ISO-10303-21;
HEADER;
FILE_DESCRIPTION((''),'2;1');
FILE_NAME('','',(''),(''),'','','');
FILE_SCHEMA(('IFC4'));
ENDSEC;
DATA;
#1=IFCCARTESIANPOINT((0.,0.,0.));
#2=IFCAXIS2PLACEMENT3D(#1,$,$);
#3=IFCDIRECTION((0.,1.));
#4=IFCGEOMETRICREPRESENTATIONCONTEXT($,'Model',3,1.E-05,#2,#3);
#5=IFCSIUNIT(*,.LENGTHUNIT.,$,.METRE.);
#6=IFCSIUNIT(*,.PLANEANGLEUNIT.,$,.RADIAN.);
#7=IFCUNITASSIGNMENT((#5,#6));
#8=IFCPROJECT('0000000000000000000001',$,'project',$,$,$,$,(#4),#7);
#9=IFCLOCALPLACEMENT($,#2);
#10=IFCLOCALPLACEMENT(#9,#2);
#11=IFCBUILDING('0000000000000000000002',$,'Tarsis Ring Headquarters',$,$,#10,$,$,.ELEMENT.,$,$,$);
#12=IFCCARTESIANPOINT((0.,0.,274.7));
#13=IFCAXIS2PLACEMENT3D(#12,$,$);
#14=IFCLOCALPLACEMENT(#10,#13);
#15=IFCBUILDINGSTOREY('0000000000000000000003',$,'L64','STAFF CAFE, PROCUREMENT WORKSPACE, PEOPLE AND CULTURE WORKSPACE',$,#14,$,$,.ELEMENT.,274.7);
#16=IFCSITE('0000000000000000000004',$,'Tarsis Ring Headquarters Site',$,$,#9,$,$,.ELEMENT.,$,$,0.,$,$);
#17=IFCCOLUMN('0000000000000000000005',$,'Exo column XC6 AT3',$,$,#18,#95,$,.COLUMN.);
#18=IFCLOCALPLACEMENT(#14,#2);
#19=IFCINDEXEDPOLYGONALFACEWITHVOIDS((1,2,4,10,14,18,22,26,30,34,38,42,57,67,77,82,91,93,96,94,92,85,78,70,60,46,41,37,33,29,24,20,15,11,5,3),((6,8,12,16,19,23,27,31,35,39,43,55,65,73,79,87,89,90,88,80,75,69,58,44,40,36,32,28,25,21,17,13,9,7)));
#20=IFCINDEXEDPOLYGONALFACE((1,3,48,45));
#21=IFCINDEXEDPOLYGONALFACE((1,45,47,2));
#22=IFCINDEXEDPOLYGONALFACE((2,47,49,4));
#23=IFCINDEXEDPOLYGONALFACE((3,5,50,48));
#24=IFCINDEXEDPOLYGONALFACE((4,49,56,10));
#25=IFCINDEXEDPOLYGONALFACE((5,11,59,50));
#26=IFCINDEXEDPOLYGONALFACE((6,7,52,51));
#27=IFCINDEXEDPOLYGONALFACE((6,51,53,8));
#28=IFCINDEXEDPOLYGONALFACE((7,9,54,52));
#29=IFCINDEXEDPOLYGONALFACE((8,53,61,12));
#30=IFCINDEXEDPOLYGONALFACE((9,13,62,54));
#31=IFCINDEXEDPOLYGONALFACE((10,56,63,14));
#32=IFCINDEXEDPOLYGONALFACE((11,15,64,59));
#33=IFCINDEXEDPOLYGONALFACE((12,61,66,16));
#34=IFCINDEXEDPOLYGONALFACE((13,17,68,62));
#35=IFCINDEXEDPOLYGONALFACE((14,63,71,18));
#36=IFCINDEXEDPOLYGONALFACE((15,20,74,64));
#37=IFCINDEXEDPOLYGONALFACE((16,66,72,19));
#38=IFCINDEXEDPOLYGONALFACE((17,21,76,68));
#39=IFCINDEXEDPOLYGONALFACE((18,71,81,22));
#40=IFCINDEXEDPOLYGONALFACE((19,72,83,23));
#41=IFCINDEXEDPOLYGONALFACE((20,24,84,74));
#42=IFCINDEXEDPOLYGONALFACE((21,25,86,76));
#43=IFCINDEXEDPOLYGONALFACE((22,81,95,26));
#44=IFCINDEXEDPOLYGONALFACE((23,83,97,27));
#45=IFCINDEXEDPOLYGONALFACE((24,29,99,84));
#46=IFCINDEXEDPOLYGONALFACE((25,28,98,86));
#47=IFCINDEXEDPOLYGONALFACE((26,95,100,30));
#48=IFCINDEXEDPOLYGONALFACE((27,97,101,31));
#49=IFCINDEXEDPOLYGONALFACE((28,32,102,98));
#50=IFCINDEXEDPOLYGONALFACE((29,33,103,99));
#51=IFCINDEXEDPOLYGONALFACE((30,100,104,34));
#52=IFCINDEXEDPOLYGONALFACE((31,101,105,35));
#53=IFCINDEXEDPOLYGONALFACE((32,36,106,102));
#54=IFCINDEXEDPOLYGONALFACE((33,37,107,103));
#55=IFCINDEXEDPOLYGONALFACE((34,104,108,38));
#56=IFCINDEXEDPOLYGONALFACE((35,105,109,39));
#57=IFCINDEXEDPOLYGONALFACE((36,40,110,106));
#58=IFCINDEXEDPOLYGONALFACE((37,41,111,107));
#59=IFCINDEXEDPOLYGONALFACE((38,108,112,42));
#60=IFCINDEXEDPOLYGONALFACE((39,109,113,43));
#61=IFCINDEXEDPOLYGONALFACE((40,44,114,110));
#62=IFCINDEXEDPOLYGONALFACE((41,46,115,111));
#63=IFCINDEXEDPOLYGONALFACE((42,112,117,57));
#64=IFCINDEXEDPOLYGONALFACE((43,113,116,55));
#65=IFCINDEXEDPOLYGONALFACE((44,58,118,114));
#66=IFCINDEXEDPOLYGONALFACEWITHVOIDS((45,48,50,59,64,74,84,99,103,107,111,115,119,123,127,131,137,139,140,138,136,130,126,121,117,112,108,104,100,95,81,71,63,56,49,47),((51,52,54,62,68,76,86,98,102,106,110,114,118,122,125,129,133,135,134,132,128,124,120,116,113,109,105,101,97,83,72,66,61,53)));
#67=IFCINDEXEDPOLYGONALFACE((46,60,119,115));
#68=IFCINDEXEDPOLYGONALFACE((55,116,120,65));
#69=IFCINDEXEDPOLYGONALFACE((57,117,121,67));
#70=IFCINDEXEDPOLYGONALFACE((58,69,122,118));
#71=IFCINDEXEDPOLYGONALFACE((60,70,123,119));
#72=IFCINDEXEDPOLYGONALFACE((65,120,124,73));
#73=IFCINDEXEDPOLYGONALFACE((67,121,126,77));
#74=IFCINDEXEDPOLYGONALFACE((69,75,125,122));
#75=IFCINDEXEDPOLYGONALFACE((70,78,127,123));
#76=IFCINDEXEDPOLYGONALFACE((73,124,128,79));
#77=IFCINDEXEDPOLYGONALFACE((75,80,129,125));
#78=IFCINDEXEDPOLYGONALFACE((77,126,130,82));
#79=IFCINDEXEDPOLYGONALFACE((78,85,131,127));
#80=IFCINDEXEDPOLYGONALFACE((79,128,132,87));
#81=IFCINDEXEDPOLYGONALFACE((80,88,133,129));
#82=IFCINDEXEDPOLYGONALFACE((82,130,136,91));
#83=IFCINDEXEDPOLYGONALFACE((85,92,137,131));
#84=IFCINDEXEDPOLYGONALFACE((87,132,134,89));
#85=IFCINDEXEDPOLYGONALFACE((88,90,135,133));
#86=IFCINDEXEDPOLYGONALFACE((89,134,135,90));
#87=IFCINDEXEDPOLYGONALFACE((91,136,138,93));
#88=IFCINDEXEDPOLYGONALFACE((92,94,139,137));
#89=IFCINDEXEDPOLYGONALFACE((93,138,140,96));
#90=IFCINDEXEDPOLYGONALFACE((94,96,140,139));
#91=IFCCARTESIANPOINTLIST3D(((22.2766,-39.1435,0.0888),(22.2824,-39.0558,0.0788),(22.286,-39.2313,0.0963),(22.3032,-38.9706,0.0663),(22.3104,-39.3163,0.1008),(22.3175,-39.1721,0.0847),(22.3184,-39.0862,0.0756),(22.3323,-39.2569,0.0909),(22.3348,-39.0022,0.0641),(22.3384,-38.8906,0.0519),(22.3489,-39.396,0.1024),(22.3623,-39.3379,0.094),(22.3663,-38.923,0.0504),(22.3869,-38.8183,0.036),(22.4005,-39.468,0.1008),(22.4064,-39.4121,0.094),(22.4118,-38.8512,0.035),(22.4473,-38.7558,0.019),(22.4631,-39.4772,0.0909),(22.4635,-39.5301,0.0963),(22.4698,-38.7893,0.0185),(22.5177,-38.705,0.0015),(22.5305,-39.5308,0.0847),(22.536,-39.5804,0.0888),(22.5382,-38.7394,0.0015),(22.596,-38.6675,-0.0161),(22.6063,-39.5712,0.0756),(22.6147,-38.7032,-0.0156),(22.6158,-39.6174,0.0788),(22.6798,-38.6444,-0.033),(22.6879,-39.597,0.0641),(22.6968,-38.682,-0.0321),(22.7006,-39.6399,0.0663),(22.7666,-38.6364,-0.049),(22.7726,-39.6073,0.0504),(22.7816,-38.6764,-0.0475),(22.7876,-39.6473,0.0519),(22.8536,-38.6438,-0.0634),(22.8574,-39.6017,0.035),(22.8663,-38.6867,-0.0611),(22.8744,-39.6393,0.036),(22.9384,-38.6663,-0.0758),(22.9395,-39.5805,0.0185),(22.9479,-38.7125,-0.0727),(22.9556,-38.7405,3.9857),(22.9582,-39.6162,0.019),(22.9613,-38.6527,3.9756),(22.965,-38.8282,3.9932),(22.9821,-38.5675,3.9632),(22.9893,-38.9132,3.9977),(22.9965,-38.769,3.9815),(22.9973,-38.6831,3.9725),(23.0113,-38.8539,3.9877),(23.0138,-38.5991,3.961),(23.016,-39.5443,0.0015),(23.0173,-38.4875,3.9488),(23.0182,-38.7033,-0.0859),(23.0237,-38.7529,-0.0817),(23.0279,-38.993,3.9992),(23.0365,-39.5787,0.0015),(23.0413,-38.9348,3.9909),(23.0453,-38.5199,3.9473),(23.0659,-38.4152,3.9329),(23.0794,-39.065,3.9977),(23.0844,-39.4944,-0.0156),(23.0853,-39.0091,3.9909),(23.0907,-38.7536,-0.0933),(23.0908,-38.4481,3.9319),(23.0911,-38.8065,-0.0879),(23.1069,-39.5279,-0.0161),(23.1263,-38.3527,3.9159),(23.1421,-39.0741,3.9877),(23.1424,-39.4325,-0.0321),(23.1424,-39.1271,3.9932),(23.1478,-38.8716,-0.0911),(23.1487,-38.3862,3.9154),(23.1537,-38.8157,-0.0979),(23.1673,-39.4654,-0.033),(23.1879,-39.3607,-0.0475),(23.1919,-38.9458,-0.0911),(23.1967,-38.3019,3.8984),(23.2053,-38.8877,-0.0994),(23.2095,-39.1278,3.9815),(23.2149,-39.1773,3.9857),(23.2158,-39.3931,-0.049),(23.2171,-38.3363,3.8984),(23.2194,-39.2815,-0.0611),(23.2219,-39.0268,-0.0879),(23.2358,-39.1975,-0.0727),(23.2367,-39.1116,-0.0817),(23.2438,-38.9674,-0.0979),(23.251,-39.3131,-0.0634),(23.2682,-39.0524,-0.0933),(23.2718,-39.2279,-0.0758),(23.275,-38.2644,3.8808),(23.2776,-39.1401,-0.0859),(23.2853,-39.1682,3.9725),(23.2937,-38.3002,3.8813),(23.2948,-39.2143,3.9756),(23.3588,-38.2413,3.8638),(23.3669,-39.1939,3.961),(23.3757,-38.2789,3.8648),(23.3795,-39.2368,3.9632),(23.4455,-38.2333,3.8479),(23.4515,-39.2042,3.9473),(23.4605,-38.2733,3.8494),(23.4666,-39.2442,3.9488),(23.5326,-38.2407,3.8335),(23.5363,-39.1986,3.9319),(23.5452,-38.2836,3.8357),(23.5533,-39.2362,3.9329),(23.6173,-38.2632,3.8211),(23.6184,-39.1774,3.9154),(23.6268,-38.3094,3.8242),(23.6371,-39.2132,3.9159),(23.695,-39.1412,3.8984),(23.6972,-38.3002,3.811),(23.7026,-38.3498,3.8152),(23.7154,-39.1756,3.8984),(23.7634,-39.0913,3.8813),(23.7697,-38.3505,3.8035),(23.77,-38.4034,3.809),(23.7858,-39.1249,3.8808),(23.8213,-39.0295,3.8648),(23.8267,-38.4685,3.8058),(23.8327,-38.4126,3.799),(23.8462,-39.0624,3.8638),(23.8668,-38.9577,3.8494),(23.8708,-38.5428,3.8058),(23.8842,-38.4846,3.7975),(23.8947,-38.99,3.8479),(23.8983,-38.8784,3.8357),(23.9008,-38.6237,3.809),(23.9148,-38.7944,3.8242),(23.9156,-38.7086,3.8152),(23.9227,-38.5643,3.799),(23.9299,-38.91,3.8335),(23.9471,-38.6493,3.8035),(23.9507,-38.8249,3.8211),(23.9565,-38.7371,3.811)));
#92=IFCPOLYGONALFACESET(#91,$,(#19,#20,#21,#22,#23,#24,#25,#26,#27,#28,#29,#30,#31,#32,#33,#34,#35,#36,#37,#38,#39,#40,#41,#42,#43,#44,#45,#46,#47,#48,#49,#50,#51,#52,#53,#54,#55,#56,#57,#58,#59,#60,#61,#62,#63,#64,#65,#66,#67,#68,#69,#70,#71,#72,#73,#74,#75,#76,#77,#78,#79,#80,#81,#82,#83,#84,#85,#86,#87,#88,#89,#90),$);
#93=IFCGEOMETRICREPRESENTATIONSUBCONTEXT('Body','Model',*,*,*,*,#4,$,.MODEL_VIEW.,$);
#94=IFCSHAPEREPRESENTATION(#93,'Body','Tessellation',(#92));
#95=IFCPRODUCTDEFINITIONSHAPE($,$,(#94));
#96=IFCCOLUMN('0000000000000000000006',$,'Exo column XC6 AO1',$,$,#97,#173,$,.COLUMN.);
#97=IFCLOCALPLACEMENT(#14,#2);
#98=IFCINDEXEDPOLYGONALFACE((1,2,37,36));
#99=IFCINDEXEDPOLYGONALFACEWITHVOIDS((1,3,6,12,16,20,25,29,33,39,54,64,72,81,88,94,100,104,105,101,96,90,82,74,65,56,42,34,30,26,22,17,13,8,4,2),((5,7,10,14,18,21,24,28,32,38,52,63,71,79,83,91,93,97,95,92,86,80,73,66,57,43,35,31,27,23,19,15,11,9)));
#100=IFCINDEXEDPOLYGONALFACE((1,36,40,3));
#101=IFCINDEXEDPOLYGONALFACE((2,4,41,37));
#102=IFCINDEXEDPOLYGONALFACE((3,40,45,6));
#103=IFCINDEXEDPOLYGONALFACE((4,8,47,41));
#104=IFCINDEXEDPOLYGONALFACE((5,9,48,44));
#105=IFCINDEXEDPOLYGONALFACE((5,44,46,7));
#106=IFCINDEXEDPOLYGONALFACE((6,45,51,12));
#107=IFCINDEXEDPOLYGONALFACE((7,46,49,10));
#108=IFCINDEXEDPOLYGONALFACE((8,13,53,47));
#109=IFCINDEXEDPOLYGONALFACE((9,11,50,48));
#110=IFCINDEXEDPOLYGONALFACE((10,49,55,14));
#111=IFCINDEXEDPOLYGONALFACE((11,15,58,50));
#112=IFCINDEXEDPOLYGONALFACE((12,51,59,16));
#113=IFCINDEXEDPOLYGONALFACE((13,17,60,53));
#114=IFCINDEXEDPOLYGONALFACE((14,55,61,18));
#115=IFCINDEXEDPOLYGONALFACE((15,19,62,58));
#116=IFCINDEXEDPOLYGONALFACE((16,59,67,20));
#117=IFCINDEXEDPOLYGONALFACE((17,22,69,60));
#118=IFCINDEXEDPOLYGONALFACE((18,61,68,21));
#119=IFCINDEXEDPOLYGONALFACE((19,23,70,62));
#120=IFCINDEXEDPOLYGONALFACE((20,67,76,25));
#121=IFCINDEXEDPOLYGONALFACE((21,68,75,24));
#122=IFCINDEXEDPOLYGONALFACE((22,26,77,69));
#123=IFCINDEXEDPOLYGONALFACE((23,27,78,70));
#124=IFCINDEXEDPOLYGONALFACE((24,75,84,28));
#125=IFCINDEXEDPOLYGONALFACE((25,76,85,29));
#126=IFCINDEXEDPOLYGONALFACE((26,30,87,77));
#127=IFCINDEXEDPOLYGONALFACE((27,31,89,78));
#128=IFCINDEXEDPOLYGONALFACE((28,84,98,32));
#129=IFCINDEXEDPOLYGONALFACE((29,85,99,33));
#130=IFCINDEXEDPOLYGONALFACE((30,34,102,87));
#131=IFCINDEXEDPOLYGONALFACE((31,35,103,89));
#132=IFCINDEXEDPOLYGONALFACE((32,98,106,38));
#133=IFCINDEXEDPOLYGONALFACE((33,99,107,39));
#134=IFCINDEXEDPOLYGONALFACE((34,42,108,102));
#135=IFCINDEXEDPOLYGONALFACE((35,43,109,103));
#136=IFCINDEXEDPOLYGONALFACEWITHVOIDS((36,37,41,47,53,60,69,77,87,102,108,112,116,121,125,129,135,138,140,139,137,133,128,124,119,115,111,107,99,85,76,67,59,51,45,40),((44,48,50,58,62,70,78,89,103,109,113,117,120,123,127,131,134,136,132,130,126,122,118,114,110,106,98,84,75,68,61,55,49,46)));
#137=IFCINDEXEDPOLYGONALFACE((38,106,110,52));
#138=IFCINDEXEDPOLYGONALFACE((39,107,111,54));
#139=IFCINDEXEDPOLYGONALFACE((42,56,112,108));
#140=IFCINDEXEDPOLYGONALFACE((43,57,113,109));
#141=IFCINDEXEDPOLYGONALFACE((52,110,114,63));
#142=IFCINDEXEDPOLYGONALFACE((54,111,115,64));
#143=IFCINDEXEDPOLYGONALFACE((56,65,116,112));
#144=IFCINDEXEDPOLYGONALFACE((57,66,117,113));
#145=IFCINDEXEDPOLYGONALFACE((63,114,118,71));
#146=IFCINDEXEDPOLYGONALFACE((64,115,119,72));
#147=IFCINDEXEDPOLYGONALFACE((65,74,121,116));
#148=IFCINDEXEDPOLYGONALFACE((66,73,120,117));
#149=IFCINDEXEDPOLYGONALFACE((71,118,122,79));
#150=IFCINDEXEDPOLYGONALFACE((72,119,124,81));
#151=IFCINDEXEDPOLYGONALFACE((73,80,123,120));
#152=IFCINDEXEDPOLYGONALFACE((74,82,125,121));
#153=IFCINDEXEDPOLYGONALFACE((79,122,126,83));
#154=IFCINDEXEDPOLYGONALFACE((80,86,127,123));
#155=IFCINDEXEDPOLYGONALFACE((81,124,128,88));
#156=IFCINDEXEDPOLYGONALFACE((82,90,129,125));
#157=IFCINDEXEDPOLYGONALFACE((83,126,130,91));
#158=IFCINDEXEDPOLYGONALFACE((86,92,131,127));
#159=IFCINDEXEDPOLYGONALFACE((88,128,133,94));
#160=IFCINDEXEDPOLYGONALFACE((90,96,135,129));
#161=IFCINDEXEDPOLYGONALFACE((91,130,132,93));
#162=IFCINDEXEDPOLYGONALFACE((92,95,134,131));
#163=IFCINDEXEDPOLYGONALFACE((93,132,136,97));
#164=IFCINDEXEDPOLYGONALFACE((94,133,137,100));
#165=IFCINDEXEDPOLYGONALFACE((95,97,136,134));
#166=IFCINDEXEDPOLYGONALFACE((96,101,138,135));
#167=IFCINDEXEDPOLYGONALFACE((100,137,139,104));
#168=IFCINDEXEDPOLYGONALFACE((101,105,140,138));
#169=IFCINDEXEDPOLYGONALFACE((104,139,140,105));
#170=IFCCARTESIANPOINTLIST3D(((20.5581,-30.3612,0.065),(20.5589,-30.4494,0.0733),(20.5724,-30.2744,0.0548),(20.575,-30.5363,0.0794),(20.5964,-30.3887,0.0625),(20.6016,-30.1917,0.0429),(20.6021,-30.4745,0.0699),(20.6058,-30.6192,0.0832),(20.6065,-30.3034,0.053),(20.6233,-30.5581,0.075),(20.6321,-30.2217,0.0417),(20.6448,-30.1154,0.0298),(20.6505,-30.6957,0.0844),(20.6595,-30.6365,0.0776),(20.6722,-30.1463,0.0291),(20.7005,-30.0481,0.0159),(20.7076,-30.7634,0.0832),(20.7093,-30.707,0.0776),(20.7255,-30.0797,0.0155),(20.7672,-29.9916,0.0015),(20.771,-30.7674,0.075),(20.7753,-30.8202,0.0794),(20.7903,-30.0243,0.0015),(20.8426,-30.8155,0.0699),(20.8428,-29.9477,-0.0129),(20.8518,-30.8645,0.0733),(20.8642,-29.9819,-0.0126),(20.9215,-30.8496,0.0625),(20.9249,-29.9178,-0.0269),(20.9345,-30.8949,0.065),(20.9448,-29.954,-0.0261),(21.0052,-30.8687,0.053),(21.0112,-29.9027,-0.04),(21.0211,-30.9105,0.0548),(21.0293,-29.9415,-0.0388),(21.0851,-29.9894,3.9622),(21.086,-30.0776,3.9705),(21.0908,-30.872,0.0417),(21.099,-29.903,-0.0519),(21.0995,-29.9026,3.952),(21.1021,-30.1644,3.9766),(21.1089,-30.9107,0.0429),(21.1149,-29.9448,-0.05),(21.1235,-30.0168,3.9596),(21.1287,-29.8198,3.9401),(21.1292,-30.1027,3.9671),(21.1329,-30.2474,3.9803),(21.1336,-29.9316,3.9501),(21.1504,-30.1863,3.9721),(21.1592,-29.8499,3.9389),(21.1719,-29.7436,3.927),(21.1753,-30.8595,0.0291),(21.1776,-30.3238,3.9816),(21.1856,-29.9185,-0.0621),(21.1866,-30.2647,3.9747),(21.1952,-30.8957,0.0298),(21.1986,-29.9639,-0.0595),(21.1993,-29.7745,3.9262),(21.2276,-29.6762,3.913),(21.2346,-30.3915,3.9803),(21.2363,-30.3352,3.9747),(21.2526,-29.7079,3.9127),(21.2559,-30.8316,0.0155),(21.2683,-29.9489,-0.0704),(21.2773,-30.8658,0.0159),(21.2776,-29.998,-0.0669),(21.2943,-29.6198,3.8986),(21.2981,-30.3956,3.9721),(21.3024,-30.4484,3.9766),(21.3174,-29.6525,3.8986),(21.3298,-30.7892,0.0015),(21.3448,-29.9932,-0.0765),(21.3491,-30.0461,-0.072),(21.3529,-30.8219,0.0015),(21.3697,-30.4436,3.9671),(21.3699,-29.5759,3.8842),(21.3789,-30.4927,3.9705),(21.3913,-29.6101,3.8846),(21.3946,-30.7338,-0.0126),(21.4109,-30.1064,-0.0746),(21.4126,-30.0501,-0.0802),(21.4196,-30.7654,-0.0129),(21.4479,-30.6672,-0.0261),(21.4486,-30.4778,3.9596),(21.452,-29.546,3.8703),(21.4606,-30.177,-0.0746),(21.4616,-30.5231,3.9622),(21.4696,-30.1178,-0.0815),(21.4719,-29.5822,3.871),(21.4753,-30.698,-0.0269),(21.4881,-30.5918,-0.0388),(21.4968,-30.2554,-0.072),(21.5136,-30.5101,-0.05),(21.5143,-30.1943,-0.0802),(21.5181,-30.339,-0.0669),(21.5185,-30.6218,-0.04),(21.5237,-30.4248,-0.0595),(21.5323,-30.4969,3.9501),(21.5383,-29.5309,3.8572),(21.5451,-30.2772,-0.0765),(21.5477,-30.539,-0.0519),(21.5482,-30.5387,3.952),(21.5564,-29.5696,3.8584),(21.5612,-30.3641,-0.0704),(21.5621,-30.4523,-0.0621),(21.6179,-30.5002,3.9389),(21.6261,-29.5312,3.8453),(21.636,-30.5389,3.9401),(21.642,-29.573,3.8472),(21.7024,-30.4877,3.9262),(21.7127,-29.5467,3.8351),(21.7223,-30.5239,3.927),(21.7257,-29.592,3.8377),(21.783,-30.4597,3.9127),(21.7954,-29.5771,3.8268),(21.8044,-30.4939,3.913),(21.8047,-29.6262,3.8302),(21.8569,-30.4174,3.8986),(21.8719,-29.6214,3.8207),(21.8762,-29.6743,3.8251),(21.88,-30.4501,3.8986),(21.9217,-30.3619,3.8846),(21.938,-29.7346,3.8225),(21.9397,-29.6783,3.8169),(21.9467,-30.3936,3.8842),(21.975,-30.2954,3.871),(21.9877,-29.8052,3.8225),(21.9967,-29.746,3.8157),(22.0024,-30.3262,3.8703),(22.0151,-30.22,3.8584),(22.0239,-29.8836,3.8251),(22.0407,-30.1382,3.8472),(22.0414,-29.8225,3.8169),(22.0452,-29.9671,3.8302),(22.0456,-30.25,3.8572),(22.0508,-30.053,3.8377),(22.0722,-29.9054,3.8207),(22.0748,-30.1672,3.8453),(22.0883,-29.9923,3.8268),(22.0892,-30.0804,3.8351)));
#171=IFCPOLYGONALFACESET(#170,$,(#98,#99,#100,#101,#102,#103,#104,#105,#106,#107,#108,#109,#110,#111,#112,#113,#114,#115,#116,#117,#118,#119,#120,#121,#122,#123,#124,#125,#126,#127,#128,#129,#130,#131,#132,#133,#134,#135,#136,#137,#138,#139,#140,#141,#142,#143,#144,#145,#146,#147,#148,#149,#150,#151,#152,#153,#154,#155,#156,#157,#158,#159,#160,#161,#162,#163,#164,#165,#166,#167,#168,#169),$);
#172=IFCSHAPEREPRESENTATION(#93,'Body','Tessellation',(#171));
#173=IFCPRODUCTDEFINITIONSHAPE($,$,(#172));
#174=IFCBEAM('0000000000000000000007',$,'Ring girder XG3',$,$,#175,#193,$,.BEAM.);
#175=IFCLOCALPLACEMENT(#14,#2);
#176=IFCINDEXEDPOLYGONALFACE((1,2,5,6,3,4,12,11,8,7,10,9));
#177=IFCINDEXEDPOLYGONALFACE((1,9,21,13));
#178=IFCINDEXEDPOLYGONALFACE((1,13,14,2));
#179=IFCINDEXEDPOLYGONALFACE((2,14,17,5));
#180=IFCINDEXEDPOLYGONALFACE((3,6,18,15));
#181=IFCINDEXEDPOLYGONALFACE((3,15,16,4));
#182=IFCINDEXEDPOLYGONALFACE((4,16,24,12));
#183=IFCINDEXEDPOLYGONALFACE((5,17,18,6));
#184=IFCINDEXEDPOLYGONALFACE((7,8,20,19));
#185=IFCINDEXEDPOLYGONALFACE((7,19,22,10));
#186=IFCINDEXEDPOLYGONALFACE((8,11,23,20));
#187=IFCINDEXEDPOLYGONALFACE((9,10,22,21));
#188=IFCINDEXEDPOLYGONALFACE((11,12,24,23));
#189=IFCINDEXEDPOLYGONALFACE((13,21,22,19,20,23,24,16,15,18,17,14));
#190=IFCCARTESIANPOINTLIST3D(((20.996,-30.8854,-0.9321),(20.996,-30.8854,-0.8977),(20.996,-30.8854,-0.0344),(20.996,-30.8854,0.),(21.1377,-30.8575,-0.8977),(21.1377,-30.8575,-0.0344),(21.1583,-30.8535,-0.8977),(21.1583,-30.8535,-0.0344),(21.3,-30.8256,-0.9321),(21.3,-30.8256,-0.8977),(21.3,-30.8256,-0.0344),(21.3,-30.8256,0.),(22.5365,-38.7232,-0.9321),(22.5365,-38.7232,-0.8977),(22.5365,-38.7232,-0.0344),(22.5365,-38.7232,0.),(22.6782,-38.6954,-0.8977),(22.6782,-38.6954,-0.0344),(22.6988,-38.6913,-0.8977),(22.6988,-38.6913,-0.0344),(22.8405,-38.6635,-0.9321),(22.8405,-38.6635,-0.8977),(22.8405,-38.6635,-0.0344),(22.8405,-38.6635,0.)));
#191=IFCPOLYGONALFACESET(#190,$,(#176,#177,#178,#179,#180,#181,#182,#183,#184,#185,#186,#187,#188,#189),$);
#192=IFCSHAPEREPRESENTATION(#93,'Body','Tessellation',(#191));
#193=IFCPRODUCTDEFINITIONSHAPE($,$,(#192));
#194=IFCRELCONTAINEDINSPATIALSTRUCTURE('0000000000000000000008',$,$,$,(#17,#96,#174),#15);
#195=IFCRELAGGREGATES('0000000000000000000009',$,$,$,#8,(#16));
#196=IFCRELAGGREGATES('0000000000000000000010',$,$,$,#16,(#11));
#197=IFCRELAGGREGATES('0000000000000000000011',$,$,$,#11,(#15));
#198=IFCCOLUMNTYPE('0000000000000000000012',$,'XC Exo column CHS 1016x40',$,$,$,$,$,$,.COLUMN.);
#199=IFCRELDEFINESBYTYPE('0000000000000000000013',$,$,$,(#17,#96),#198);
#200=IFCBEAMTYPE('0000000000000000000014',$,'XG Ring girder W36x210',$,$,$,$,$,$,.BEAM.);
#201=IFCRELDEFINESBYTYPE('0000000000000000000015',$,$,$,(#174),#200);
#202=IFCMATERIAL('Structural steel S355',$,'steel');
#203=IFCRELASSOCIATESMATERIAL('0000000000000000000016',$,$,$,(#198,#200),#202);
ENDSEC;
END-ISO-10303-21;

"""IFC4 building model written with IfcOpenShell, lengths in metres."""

from ifc_helpers import new_model, si_unit, direction, frame, origin, origin_2d, place, context, subcontext, project, spatial, hollow_circle, i_section, extrude, material, material_profile, profile_set, type_object, element, save


model = new_model("IFC4")

# Units and contexts
model_context = context("Model", 3, precision=1e-05, world=origin(), true_north=direction((0.0, 1.0)))
body_context = subcontext(model_context, "Body", "Model", "MODEL_VIEW")
ifc_project = project(units=[si_unit("LENGTHUNIT", "METRE"), si_unit("PLANEANGLEUNIT", "RADIAN")], contexts=[model_context])

# Site, building, storey
site_placement = place(None, origin())
site = spatial("IfcSite", under=ifc_project, at=site_placement, Name="Tarsis Ring Headquarters Site", CompositionType="ELEMENT", RefElevation=0.0)
building_placement = place(site_placement, origin())
building = spatial("IfcBuilding", under=site, at=building_placement, Name="Tarsis Ring Headquarters", CompositionType="ELEMENT")
storey_placement = place(building_placement, frame((0.0, 0.0, 274.7)))
storey = spatial("IfcBuildingStorey", under=building, at=storey_placement, Name="L64", Description="STAFF CAFE, PROCUREMENT WORKSPACE, PEOPLE AND CULTURE WORKSPACE", CompositionType="ELEMENT", Elevation=274.7)

# Columns
ifc_material_1 = material(Name="Structural steel S355", Category="steel")
ifc_material_profile_1 = material_profile(ifc_material_1, hollow_circle(Radius=0.5081, WallThickness=0.04, at=origin_2d()), Name="CHS 1016x40")
ifc_profile_set_1 = profile_set([ifc_material_profile_1], Name="Structural steel S355")
column_type = type_object("IfcColumnType", Name="XC Exo column CHS 1016x40", PredefinedType="COLUMN", material=ifc_profile_set_1)
column_1_placement = place(storey_placement, frame((22.7771, -39.1418, 0.0015), z_axis=(0.170756, 0.101373, 0.980085), x_axis=(-0.510489, 0.859884, 0.0)))
element("IfcColumn", 1, at=column_1_placement, inside=storey, type_object=column_type, Name="Exo column XC6 AT3", PredefinedType="COLUMN", context=body_context, shape_type="SweptSolid", body=[
    extrude(hollow_circle(Radius=0.5081, WallThickness=0.04, at=origin_2d()), origin(), (0.0, 0.0, 1.0), 3.9761),
])
column_2_placement = place(storey_placement, frame((21.0601, -30.4067, 0.0015), z_axis=(0.133435, 0.094128, 0.986577), x_axis=(-0.576431, 0.817146, 0.0)))
element("IfcColumn", 2, at=column_2_placement, inside=storey, type_object=column_type, Name="Exo column XC6 AO1", PredefinedType="COLUMN", context=body_context, shape_type="SweptSolid", body=[
    extrude(hollow_circle(Radius=0.5081, WallThickness=0.04, at=origin_2d()), origin(), (0.0, 0.0, 1.0), 3.9502),
])

# Beam
ifc_material_profile_2 = material_profile(ifc_material_1, i_section(OverallWidth=0.3098, OverallDepth=0.9321, WebThickness=0.021, FlangeThickness=0.0344, at=origin_2d()), Name="W36x210")
ifc_profile_set_2 = profile_set([ifc_material_profile_2], Name="Structural steel S355")
beam_type = type_object("IfcBeamType", Name="XG Ring girder W36x210", PredefinedType="BEAM", material=ifc_profile_set_2)
for number, where, z_axis, x_axis, name in (
    (3, (22.6885, -38.6934, -0.4661), (-0.192859, 0.981227, 0.0), (-0.981227, -0.192859, 0.0), "Ring girder XG3"),
):
    element("IfcBeam", number, at=place(storey_placement, frame(where, z_axis=z_axis, x_axis=x_axis)), inside=storey, type_object=beam_type, Name=name, PredefinedType="BEAM", context=body_context, shape_type="SweptSolid", body=[
        extrude(i_section(OverallWidth=0.3098, OverallDepth=0.9321, WebThickness=0.021, FlangeThickness=0.0344, at=origin_2d()), origin(), (0.0, 0.0, 1.0), 7.9878),
    ])

save(model, "model.ifc")
